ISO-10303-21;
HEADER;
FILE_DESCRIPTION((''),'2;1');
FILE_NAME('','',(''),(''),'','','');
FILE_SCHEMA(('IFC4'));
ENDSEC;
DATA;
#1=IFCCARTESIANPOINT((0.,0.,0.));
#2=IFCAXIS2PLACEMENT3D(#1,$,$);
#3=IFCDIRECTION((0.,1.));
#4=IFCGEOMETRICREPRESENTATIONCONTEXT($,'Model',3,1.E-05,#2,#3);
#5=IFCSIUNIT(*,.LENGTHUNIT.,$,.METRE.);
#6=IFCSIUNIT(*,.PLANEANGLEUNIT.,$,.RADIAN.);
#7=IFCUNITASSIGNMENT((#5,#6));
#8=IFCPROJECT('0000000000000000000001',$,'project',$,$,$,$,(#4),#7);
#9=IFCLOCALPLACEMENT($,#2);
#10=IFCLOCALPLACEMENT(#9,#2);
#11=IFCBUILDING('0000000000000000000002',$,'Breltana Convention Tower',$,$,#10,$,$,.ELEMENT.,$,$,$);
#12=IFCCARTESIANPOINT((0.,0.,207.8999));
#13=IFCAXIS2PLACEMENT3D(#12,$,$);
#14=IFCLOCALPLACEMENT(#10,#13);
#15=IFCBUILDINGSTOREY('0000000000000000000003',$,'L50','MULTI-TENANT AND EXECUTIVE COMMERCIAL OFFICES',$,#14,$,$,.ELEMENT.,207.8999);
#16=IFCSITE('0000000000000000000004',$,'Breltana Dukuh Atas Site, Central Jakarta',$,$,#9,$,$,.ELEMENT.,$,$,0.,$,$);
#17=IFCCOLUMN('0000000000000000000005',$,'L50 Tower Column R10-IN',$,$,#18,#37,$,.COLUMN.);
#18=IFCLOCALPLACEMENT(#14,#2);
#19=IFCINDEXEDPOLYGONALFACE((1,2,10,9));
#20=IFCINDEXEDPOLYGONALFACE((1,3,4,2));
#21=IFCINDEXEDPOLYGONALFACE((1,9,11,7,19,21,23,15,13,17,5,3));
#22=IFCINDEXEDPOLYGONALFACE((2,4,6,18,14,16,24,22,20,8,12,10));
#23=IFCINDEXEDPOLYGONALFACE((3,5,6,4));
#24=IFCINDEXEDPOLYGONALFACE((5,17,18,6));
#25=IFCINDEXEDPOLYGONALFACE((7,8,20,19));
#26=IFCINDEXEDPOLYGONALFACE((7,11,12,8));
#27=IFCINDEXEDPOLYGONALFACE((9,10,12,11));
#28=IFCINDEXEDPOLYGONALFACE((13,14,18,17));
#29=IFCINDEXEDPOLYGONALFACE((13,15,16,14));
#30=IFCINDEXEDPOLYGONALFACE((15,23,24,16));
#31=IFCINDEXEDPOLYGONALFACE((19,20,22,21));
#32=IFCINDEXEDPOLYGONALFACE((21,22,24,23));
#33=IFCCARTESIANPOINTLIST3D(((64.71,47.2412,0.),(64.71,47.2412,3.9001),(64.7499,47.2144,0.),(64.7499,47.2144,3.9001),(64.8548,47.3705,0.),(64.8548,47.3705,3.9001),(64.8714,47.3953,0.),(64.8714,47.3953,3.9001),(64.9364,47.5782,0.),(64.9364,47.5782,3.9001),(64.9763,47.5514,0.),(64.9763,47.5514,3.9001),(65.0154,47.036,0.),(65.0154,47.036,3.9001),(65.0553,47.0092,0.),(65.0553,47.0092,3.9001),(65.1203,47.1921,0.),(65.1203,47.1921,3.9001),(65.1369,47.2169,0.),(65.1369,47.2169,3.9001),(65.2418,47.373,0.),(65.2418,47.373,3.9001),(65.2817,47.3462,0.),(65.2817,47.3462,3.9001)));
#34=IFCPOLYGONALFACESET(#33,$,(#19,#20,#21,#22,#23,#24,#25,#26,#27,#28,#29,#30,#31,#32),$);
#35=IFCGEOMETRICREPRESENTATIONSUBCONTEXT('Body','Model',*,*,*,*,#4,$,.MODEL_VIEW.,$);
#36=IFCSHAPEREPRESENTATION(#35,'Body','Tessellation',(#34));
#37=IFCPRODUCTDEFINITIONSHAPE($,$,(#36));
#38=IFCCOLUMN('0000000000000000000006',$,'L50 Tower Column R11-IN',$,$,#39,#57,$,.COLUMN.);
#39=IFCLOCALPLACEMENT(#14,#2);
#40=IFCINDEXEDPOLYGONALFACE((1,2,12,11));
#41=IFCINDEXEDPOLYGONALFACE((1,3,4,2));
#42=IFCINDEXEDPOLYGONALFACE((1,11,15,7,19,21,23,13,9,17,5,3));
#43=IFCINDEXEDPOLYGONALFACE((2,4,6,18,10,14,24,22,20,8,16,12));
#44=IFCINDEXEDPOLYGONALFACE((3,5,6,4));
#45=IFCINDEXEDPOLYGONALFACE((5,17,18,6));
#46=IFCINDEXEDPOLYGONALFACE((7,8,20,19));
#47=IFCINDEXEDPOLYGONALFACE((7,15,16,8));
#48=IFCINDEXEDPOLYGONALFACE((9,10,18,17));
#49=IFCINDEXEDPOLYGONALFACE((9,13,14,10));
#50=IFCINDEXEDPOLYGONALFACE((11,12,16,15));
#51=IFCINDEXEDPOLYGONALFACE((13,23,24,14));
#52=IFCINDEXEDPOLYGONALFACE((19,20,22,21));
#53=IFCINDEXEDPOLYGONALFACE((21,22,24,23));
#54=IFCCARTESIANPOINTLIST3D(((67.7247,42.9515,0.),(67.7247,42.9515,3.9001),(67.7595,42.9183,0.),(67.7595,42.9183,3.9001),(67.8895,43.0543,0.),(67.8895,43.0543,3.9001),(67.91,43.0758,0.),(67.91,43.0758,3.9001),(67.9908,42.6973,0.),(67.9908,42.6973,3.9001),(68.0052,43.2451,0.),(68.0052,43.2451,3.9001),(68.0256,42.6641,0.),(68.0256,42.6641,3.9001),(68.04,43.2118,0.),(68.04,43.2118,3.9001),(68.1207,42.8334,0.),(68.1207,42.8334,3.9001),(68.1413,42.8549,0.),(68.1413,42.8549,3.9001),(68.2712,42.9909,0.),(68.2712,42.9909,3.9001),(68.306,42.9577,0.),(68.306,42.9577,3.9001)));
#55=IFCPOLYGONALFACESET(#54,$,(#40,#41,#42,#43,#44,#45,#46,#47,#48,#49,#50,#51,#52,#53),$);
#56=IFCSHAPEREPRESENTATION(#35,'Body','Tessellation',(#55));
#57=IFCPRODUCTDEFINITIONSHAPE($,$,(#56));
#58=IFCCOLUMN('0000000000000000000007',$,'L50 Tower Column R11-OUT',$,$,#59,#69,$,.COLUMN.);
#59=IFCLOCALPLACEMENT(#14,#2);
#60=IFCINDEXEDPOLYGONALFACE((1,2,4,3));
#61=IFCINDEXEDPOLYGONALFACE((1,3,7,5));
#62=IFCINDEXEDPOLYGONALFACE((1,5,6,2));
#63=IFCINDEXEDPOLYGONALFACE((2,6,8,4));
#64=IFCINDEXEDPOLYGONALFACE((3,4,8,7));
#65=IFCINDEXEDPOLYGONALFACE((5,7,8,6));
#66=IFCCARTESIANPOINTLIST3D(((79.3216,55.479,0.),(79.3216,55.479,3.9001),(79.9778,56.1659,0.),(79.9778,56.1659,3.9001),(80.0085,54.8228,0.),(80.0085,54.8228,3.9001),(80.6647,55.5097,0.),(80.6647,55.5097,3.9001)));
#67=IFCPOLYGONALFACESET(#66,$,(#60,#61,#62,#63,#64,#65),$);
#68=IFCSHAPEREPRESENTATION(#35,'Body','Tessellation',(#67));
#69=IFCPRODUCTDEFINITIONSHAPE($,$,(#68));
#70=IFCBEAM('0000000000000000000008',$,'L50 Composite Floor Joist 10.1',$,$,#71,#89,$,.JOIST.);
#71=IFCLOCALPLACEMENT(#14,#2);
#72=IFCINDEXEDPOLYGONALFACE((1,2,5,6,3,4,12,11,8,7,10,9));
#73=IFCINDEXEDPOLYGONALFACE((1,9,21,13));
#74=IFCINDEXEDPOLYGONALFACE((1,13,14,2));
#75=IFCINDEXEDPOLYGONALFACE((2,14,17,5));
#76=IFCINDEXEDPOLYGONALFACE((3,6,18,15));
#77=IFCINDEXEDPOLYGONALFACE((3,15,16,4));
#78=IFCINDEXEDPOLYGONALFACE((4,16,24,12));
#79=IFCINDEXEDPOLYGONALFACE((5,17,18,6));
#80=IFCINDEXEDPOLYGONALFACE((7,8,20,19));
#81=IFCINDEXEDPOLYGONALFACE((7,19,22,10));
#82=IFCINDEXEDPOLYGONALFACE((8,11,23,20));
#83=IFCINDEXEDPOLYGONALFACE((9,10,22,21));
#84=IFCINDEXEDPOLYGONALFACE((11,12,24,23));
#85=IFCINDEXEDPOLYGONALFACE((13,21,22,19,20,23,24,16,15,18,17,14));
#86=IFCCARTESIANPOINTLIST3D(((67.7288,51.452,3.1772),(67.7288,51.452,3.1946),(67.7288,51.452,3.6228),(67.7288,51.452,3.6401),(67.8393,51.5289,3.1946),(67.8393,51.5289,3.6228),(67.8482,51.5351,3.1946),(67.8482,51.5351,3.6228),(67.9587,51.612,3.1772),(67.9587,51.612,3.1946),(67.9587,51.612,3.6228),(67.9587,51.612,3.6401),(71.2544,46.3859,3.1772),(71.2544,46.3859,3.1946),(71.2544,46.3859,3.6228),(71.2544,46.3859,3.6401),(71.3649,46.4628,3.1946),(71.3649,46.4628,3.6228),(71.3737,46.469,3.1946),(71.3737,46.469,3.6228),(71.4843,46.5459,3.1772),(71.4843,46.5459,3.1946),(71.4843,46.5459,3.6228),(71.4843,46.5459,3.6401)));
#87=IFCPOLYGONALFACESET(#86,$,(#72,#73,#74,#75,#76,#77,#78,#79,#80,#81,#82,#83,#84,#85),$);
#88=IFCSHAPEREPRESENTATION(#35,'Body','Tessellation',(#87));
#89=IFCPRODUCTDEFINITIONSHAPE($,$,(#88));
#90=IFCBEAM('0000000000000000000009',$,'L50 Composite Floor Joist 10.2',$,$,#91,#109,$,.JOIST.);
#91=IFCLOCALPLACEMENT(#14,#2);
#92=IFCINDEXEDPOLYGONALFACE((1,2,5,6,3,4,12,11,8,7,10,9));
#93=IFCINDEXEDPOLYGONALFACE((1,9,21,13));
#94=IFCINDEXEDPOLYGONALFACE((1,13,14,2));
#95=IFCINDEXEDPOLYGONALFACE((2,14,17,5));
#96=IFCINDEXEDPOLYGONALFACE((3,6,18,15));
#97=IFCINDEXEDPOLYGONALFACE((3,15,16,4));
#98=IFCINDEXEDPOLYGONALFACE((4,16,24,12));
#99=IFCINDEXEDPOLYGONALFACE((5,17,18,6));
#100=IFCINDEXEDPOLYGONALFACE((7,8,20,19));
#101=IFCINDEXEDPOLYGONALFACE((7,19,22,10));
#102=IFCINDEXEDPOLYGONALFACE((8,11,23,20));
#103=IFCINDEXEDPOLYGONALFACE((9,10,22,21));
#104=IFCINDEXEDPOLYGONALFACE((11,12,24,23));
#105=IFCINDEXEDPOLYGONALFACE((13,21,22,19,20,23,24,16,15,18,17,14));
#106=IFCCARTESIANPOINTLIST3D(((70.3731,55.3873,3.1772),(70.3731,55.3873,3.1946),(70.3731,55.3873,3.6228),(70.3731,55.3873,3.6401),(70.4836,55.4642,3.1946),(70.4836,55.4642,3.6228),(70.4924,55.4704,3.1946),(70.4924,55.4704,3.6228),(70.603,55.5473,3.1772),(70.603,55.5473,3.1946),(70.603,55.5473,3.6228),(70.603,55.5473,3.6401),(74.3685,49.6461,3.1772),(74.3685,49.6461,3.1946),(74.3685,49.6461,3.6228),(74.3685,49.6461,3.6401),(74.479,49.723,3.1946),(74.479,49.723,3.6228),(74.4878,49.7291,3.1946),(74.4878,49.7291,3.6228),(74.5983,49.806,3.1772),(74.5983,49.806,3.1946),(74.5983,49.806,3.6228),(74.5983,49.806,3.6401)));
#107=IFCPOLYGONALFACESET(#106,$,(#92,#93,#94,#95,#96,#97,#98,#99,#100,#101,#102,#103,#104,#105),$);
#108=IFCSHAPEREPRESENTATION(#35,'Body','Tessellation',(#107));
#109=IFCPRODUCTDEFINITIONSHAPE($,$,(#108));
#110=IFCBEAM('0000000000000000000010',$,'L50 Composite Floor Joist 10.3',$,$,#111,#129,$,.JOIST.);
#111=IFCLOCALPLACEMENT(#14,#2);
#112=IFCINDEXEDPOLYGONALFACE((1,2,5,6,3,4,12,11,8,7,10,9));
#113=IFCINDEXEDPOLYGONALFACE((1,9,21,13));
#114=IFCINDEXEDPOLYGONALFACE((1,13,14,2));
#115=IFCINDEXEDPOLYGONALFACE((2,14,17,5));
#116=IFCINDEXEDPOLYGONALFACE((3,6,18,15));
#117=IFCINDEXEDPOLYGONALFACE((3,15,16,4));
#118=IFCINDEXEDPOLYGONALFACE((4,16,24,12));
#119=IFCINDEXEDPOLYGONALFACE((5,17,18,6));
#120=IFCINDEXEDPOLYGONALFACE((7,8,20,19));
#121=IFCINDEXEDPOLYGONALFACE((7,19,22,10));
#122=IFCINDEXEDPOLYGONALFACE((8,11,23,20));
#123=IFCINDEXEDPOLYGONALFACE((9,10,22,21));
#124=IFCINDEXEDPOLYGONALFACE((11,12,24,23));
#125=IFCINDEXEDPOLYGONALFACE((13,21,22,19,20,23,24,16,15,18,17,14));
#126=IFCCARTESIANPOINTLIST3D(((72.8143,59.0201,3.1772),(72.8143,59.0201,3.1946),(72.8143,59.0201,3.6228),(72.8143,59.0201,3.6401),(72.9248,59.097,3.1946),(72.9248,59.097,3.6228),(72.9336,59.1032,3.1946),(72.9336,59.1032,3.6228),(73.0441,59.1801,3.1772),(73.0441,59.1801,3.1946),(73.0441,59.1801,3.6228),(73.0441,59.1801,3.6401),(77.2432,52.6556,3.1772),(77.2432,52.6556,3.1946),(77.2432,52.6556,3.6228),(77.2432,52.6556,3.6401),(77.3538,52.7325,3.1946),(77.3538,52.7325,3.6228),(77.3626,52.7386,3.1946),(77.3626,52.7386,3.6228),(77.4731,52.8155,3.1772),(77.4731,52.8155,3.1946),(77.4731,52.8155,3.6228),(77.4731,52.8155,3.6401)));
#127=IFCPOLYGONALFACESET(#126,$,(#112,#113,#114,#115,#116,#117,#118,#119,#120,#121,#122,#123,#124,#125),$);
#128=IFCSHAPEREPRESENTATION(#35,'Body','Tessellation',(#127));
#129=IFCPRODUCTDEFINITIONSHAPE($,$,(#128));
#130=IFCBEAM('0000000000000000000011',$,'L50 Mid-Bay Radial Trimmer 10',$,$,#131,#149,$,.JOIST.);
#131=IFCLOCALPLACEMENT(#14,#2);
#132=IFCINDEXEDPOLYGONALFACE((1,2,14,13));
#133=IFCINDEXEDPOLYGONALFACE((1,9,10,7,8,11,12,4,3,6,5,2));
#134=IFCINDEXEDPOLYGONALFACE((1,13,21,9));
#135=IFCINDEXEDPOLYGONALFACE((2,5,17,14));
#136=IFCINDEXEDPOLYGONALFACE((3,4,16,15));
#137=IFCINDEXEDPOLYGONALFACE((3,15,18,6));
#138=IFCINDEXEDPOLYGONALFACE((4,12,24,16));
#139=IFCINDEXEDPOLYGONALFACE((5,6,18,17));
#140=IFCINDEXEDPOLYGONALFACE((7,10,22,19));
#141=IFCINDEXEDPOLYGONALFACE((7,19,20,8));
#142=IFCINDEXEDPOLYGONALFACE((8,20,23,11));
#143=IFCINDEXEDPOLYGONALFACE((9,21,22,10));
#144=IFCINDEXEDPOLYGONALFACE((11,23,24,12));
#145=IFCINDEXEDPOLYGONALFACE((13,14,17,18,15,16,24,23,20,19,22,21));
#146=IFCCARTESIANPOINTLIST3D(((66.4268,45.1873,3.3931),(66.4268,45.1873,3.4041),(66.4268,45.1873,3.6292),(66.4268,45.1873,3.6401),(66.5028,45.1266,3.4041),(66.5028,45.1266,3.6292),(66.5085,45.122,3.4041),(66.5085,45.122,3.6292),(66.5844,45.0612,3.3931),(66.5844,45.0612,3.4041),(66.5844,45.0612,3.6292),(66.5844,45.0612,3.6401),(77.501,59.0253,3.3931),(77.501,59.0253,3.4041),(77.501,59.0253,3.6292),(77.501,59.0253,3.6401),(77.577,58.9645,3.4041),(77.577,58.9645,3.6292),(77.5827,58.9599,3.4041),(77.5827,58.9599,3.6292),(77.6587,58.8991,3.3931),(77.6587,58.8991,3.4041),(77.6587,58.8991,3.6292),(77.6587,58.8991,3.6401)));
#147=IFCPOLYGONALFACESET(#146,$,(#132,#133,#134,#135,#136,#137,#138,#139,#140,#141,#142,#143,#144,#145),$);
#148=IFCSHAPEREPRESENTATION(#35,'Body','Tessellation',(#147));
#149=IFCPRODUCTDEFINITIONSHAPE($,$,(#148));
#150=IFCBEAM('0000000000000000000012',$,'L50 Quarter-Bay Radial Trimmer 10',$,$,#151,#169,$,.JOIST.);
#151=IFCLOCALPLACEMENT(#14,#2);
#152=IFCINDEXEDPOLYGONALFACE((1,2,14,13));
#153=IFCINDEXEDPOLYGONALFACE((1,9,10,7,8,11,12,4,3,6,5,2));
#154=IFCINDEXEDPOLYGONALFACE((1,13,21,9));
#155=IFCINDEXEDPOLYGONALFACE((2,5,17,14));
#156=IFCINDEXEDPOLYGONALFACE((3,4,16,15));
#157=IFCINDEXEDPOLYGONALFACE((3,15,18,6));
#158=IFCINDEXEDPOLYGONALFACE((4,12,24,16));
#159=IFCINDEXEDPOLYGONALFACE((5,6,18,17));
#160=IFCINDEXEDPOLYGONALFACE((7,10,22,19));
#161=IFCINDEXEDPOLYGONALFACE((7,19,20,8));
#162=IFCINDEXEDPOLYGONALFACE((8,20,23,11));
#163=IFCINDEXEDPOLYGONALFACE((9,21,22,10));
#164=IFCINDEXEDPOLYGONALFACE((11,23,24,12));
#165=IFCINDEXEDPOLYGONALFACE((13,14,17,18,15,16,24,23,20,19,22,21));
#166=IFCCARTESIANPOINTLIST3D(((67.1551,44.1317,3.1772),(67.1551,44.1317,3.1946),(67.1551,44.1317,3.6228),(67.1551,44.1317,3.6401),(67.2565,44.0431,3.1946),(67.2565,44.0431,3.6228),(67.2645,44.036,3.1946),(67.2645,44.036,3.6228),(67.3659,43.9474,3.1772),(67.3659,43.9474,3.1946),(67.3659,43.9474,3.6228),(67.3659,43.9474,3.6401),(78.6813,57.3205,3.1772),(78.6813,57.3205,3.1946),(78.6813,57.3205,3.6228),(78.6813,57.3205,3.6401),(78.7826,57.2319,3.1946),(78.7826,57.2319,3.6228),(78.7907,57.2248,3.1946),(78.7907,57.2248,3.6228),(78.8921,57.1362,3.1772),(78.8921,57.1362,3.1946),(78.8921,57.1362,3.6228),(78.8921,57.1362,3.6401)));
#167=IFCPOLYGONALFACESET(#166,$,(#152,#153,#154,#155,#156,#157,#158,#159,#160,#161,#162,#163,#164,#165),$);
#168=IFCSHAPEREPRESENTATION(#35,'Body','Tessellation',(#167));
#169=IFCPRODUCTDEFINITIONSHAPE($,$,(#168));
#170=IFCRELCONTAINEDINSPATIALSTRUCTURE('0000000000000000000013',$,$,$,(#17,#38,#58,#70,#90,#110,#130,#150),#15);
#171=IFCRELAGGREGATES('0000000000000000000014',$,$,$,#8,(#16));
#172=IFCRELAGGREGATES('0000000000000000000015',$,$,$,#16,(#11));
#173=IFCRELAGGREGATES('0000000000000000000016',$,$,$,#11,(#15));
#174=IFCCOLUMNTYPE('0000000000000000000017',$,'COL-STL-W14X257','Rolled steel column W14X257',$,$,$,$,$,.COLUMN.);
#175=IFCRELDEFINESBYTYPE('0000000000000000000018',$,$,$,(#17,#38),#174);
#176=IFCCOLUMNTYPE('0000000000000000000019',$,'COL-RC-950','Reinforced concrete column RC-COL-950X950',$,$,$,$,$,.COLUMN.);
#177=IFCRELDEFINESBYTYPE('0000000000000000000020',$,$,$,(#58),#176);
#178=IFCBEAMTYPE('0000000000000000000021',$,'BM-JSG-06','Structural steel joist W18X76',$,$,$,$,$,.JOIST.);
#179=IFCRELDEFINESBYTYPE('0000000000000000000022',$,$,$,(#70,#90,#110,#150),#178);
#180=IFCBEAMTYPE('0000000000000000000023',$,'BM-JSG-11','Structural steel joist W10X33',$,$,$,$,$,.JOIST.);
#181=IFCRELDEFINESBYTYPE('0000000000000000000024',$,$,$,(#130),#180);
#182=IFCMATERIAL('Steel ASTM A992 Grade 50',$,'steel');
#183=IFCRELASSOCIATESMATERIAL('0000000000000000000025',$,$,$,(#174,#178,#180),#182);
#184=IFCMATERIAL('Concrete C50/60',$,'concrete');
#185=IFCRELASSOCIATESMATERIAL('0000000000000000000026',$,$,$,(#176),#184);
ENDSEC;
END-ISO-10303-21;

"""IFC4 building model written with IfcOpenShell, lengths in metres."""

from ifc_helpers import new_model, si_unit, direction, frame, origin, origin_2d, place, context, subcontext, project, spatial, rectangle, i_section, extrude, source, transform, mapped, material, material_profile, profile_set, type_object, element, save


model = new_model("IFC4")

# Units and contexts
model_context = context("Model", 3, precision=1e-05, world=origin(), true_north=direction((0.0, 1.0)))
body_context = subcontext(model_context, "Body", "Model", "MODEL_VIEW")
ifc_project = project(units=[si_unit("LENGTHUNIT", "METRE"), si_unit("PLANEANGLEUNIT", "RADIAN")], contexts=[model_context])

# Site, building, storey
site_placement = place(None, origin())
site = spatial("IfcSite", under=ifc_project, at=site_placement, Name="Breltana Dukuh Atas Site, Central Jakarta", CompositionType="ELEMENT", RefElevation=0.0)
building_placement = place(site_placement, origin())
building = spatial("IfcBuilding", under=site, at=building_placement, Name="Breltana Convention Tower", CompositionType="ELEMENT")
storey_placement = place(building_placement, frame((0.0, 0.0, 207.8999)))
storey = spatial("IfcBuildingStorey", under=building, at=storey_placement, Name="L50", Description="MULTI-TENANT AND EXECUTIVE COMMERCIAL OFFICES", CompositionType="ELEMENT", Elevation=207.8999)

# Columns
ifc_material_1 = material(Name="Steel ASTM A992 Grade 50", Category="steel")
ifc_material_profile_1 = material_profile(ifc_material_1, i_section(OverallWidth=0.406, OverallDepth=0.416, WebThickness=0.0298, FlangeThickness=0.0481, at=origin_2d()), Name="W14X257")
ifc_profile_set_1 = profile_set([ifc_material_profile_1], Name="Steel ASTM A992 Grade 50")
column_type_1 = type_object("IfcColumnType", Name="COL-STL-W14X257", Description="Rolled steel column W14X257", PredefinedType="COLUMN", material=ifc_profile_set_1)
shared_shape_1 = source(origin(), body_context, "Body", "SweptSolid", [
    extrude(i_section(OverallWidth=0.406, OverallDepth=0.416, WebThickness=0.0298, FlangeThickness=0.0481, at=origin_2d()), origin(), (0.0, 0.0, 1.0), 3.9001),
])
for number, where, z_axis, x_axis, name in (
    (1, (64.9958, 47.2937, 0.0), (0.0, 0.0, 1.0), (0.557745, 0.830012, 0.0), "L50 Tower Column R10-IN"),
    (2, (68.0154, 42.9546, 0.0), (0.0, 0.0, 1.0), (0.690756, 0.723088, 0.0), "L50 Tower Column R11-IN"),
):
    element("IfcColumn", number, at=place(storey_placement, frame(where, z_axis=z_axis, x_axis=x_axis)), inside=storey, type_object=column_type_1, Name=name, PredefinedType="COLUMN", context=body_context, shape_type="MappedRepresentation", body=[
        mapped(shared_shape_1, transform((0.0, 0.0, 0.0), scale=1.0)),
    ])
ifc_material_2 = material(Name="Concrete C50/60", Category="concrete")
ifc_material_profile_2 = material_profile(ifc_material_2, rectangle(XDim=0.95, YDim=0.95, at=origin_2d()), Name="RC-COL-950X950")
ifc_profile_set_2 = profile_set([ifc_material_profile_2], Name="Concrete C50/60")
column_type_2 = type_object("IfcColumnType", Name="COL-RC-950", Description="Reinforced concrete column RC-COL-950X950", PredefinedType="COLUMN", material=ifc_profile_set_2)
shared_shape_2 = source(origin(), body_context, "Body", "SweptSolid", [
    extrude(rectangle(XDim=0.95, YDim=0.95, at=origin_2d()), origin(), (0.0, 0.0, 1.0), 3.9001),
])
column_placement = place(storey_placement, frame((79.9932, 55.4944, 0.0), z_axis=(0.0, 0.0, 1.0), x_axis=(0.690756, 0.723088, 0.0)))
element("IfcColumn", 3, at=column_placement, inside=storey, type_object=column_type_2, Name="L50 Tower Column R11-OUT", PredefinedType="COLUMN", context=body_context, shape_type="MappedRepresentation", body=[
    mapped(shared_shape_2, transform((0.0, 0.0, 0.0), scale=1.0)),
])

# Beams
ifc_material_profile_3 = material_profile(ifc_material_1, i_section(OverallWidth=0.28, OverallDepth=0.4629, WebThickness=0.0107, FlangeThickness=0.0173, at=origin_2d()), Name="W18X76")
ifc_profile_set_3 = profile_set([ifc_material_profile_3], Name="Steel ASTM A992 Grade 50")
beam_type_1 = type_object("IfcBeamType", Name="BM-JSG-06", Description="Structural steel joist W18X76", PredefinedType="JOIST", material=ifc_profile_set_3)
shared_shape_3 = source(origin(), body_context, "Body", "SweptSolid", [
    extrude(i_section(OverallWidth=0.28, OverallDepth=0.4629, WebThickness=0.0107, FlangeThickness=0.0173, at=origin_2d()), origin(), (0.0, 0.0, 1.0), 6.1721),
])
beam_1_placement = place(storey_placement, frame((67.8438, 51.532, 3.4087), z_axis=(0.571212, -0.820803, 0.0), x_axis=(0.820803, 0.571212, 0.0)))
element("IfcBeam", 4, at=beam_1_placement, inside=storey, type_object=beam_type_1, Name="L50 Composite Floor Joist 10.1", PredefinedType="JOIST", context=body_context, shape_type="MappedRepresentation", body=[
    mapped(shared_shape_3, transform((0.0, 0.0, 0.0), scale=1.0)),
])
shared_shape_4 = source(origin(), body_context, "Body", "SweptSolid", [
    extrude(i_section(OverallWidth=0.28, OverallDepth=0.4629, WebThickness=0.0107, FlangeThickness=0.0173, at=origin_2d()), origin(), (0.0, 0.0, 1.0), 6.9946),
])
beam_2_placement = place(storey_placement, frame((70.488, 55.4673, 3.4087), z_axis=(0.571207, -0.820806, 0.0), x_axis=(0.820806, 0.571207, 0.0)))
element("IfcBeam", 5, at=beam_2_placement, inside=storey, type_object=beam_type_1, Name="L50 Composite Floor Joist 10.2", PredefinedType="JOIST", context=body_context, shape_type="MappedRepresentation", body=[
    mapped(shared_shape_4, transform((0.0, 0.0, 0.0), scale=1.0)),
])
shared_shape_5 = source(origin(), body_context, "Body", "SweptSolid", [
    extrude(i_section(OverallWidth=0.28, OverallDepth=0.4629, WebThickness=0.0107, FlangeThickness=0.0173, at=origin_2d()), origin(), (0.0, 0.0, 1.0), 7.7539),
])
beam_3_placement = place(storey_placement, frame((72.9292, 59.1001, 3.4087), z_axis=(0.571193, -0.820816, 0.0), x_axis=(0.820816, 0.571193, 0.0)))
element("IfcBeam", 6, at=beam_3_placement, inside=storey, type_object=beam_type_1, Name="L50 Composite Floor Joist 10.3", PredefinedType="JOIST", context=body_context, shape_type="MappedRepresentation", body=[
    mapped(shared_shape_5, transform((0.0, 0.0, 0.0), scale=1.0)),
])
ifc_material_profile_4 = material_profile(ifc_material_1, i_section(OverallWidth=0.2019, OverallDepth=0.2471, WebThickness=0.0073, FlangeThickness=0.011, at=origin_2d()), Name="W10X33")
ifc_profile_set_4 = profile_set([ifc_material_profile_4], Name="Steel ASTM A992 Grade 50")
beam_type_2 = type_object("IfcBeamType", Name="BM-JSG-11", Description="Structural steel joist W10X33", PredefinedType="JOIST", material=ifc_profile_set_4)
shared_shape_6 = source(origin(), body_context, "Body", "SweptSolid", [
    extrude(i_section(OverallWidth=0.2019, OverallDepth=0.2471, WebThickness=0.0073, FlangeThickness=0.011, at=origin_2d()), origin(), (0.0, 0.0, 1.0), 17.7236),
])
beam_4_placement = place(storey_placement, frame((66.5056, 45.1243, 3.5166), z_axis=(0.624829, 0.780761, 0.0), x_axis=(-0.780761, 0.624829, 0.0)))
element("IfcBeam", 7, at=beam_4_placement, inside=storey, type_object=beam_type_2, Name="L50 Mid-Bay Radial Trimmer 10", PredefinedType="JOIST", context=body_context, shape_type="MappedRepresentation", body=[
    mapped(shared_shape_6, transform((0.0, 0.0, 0.0), scale=1.0)),
])
shared_shape_7 = source(origin(), body_context, "Body", "SweptSolid", [
    extrude(i_section(OverallWidth=0.28, OverallDepth=0.4629, WebThickness=0.0107, FlangeThickness=0.0173, at=origin_2d()), origin(), (0.0, 0.0, 1.0), 17.5156),
])
beam_5_placement = place(storey_placement, frame((67.2605, 44.0396, 3.4087), z_axis=(0.658052, 0.752973, 0.0), x_axis=(-0.752973, 0.658052, 0.0)))
element("IfcBeam", 8, at=beam_5_placement, inside=storey, type_object=beam_type_1, Name="L50 Quarter-Bay Radial Trimmer 10", PredefinedType="JOIST", context=body_context, shape_type="MappedRepresentation", body=[
    mapped(shared_shape_7, transform((0.0, 0.0, 0.0), scale=1.0)),
])

save(model, "model.ifc")
